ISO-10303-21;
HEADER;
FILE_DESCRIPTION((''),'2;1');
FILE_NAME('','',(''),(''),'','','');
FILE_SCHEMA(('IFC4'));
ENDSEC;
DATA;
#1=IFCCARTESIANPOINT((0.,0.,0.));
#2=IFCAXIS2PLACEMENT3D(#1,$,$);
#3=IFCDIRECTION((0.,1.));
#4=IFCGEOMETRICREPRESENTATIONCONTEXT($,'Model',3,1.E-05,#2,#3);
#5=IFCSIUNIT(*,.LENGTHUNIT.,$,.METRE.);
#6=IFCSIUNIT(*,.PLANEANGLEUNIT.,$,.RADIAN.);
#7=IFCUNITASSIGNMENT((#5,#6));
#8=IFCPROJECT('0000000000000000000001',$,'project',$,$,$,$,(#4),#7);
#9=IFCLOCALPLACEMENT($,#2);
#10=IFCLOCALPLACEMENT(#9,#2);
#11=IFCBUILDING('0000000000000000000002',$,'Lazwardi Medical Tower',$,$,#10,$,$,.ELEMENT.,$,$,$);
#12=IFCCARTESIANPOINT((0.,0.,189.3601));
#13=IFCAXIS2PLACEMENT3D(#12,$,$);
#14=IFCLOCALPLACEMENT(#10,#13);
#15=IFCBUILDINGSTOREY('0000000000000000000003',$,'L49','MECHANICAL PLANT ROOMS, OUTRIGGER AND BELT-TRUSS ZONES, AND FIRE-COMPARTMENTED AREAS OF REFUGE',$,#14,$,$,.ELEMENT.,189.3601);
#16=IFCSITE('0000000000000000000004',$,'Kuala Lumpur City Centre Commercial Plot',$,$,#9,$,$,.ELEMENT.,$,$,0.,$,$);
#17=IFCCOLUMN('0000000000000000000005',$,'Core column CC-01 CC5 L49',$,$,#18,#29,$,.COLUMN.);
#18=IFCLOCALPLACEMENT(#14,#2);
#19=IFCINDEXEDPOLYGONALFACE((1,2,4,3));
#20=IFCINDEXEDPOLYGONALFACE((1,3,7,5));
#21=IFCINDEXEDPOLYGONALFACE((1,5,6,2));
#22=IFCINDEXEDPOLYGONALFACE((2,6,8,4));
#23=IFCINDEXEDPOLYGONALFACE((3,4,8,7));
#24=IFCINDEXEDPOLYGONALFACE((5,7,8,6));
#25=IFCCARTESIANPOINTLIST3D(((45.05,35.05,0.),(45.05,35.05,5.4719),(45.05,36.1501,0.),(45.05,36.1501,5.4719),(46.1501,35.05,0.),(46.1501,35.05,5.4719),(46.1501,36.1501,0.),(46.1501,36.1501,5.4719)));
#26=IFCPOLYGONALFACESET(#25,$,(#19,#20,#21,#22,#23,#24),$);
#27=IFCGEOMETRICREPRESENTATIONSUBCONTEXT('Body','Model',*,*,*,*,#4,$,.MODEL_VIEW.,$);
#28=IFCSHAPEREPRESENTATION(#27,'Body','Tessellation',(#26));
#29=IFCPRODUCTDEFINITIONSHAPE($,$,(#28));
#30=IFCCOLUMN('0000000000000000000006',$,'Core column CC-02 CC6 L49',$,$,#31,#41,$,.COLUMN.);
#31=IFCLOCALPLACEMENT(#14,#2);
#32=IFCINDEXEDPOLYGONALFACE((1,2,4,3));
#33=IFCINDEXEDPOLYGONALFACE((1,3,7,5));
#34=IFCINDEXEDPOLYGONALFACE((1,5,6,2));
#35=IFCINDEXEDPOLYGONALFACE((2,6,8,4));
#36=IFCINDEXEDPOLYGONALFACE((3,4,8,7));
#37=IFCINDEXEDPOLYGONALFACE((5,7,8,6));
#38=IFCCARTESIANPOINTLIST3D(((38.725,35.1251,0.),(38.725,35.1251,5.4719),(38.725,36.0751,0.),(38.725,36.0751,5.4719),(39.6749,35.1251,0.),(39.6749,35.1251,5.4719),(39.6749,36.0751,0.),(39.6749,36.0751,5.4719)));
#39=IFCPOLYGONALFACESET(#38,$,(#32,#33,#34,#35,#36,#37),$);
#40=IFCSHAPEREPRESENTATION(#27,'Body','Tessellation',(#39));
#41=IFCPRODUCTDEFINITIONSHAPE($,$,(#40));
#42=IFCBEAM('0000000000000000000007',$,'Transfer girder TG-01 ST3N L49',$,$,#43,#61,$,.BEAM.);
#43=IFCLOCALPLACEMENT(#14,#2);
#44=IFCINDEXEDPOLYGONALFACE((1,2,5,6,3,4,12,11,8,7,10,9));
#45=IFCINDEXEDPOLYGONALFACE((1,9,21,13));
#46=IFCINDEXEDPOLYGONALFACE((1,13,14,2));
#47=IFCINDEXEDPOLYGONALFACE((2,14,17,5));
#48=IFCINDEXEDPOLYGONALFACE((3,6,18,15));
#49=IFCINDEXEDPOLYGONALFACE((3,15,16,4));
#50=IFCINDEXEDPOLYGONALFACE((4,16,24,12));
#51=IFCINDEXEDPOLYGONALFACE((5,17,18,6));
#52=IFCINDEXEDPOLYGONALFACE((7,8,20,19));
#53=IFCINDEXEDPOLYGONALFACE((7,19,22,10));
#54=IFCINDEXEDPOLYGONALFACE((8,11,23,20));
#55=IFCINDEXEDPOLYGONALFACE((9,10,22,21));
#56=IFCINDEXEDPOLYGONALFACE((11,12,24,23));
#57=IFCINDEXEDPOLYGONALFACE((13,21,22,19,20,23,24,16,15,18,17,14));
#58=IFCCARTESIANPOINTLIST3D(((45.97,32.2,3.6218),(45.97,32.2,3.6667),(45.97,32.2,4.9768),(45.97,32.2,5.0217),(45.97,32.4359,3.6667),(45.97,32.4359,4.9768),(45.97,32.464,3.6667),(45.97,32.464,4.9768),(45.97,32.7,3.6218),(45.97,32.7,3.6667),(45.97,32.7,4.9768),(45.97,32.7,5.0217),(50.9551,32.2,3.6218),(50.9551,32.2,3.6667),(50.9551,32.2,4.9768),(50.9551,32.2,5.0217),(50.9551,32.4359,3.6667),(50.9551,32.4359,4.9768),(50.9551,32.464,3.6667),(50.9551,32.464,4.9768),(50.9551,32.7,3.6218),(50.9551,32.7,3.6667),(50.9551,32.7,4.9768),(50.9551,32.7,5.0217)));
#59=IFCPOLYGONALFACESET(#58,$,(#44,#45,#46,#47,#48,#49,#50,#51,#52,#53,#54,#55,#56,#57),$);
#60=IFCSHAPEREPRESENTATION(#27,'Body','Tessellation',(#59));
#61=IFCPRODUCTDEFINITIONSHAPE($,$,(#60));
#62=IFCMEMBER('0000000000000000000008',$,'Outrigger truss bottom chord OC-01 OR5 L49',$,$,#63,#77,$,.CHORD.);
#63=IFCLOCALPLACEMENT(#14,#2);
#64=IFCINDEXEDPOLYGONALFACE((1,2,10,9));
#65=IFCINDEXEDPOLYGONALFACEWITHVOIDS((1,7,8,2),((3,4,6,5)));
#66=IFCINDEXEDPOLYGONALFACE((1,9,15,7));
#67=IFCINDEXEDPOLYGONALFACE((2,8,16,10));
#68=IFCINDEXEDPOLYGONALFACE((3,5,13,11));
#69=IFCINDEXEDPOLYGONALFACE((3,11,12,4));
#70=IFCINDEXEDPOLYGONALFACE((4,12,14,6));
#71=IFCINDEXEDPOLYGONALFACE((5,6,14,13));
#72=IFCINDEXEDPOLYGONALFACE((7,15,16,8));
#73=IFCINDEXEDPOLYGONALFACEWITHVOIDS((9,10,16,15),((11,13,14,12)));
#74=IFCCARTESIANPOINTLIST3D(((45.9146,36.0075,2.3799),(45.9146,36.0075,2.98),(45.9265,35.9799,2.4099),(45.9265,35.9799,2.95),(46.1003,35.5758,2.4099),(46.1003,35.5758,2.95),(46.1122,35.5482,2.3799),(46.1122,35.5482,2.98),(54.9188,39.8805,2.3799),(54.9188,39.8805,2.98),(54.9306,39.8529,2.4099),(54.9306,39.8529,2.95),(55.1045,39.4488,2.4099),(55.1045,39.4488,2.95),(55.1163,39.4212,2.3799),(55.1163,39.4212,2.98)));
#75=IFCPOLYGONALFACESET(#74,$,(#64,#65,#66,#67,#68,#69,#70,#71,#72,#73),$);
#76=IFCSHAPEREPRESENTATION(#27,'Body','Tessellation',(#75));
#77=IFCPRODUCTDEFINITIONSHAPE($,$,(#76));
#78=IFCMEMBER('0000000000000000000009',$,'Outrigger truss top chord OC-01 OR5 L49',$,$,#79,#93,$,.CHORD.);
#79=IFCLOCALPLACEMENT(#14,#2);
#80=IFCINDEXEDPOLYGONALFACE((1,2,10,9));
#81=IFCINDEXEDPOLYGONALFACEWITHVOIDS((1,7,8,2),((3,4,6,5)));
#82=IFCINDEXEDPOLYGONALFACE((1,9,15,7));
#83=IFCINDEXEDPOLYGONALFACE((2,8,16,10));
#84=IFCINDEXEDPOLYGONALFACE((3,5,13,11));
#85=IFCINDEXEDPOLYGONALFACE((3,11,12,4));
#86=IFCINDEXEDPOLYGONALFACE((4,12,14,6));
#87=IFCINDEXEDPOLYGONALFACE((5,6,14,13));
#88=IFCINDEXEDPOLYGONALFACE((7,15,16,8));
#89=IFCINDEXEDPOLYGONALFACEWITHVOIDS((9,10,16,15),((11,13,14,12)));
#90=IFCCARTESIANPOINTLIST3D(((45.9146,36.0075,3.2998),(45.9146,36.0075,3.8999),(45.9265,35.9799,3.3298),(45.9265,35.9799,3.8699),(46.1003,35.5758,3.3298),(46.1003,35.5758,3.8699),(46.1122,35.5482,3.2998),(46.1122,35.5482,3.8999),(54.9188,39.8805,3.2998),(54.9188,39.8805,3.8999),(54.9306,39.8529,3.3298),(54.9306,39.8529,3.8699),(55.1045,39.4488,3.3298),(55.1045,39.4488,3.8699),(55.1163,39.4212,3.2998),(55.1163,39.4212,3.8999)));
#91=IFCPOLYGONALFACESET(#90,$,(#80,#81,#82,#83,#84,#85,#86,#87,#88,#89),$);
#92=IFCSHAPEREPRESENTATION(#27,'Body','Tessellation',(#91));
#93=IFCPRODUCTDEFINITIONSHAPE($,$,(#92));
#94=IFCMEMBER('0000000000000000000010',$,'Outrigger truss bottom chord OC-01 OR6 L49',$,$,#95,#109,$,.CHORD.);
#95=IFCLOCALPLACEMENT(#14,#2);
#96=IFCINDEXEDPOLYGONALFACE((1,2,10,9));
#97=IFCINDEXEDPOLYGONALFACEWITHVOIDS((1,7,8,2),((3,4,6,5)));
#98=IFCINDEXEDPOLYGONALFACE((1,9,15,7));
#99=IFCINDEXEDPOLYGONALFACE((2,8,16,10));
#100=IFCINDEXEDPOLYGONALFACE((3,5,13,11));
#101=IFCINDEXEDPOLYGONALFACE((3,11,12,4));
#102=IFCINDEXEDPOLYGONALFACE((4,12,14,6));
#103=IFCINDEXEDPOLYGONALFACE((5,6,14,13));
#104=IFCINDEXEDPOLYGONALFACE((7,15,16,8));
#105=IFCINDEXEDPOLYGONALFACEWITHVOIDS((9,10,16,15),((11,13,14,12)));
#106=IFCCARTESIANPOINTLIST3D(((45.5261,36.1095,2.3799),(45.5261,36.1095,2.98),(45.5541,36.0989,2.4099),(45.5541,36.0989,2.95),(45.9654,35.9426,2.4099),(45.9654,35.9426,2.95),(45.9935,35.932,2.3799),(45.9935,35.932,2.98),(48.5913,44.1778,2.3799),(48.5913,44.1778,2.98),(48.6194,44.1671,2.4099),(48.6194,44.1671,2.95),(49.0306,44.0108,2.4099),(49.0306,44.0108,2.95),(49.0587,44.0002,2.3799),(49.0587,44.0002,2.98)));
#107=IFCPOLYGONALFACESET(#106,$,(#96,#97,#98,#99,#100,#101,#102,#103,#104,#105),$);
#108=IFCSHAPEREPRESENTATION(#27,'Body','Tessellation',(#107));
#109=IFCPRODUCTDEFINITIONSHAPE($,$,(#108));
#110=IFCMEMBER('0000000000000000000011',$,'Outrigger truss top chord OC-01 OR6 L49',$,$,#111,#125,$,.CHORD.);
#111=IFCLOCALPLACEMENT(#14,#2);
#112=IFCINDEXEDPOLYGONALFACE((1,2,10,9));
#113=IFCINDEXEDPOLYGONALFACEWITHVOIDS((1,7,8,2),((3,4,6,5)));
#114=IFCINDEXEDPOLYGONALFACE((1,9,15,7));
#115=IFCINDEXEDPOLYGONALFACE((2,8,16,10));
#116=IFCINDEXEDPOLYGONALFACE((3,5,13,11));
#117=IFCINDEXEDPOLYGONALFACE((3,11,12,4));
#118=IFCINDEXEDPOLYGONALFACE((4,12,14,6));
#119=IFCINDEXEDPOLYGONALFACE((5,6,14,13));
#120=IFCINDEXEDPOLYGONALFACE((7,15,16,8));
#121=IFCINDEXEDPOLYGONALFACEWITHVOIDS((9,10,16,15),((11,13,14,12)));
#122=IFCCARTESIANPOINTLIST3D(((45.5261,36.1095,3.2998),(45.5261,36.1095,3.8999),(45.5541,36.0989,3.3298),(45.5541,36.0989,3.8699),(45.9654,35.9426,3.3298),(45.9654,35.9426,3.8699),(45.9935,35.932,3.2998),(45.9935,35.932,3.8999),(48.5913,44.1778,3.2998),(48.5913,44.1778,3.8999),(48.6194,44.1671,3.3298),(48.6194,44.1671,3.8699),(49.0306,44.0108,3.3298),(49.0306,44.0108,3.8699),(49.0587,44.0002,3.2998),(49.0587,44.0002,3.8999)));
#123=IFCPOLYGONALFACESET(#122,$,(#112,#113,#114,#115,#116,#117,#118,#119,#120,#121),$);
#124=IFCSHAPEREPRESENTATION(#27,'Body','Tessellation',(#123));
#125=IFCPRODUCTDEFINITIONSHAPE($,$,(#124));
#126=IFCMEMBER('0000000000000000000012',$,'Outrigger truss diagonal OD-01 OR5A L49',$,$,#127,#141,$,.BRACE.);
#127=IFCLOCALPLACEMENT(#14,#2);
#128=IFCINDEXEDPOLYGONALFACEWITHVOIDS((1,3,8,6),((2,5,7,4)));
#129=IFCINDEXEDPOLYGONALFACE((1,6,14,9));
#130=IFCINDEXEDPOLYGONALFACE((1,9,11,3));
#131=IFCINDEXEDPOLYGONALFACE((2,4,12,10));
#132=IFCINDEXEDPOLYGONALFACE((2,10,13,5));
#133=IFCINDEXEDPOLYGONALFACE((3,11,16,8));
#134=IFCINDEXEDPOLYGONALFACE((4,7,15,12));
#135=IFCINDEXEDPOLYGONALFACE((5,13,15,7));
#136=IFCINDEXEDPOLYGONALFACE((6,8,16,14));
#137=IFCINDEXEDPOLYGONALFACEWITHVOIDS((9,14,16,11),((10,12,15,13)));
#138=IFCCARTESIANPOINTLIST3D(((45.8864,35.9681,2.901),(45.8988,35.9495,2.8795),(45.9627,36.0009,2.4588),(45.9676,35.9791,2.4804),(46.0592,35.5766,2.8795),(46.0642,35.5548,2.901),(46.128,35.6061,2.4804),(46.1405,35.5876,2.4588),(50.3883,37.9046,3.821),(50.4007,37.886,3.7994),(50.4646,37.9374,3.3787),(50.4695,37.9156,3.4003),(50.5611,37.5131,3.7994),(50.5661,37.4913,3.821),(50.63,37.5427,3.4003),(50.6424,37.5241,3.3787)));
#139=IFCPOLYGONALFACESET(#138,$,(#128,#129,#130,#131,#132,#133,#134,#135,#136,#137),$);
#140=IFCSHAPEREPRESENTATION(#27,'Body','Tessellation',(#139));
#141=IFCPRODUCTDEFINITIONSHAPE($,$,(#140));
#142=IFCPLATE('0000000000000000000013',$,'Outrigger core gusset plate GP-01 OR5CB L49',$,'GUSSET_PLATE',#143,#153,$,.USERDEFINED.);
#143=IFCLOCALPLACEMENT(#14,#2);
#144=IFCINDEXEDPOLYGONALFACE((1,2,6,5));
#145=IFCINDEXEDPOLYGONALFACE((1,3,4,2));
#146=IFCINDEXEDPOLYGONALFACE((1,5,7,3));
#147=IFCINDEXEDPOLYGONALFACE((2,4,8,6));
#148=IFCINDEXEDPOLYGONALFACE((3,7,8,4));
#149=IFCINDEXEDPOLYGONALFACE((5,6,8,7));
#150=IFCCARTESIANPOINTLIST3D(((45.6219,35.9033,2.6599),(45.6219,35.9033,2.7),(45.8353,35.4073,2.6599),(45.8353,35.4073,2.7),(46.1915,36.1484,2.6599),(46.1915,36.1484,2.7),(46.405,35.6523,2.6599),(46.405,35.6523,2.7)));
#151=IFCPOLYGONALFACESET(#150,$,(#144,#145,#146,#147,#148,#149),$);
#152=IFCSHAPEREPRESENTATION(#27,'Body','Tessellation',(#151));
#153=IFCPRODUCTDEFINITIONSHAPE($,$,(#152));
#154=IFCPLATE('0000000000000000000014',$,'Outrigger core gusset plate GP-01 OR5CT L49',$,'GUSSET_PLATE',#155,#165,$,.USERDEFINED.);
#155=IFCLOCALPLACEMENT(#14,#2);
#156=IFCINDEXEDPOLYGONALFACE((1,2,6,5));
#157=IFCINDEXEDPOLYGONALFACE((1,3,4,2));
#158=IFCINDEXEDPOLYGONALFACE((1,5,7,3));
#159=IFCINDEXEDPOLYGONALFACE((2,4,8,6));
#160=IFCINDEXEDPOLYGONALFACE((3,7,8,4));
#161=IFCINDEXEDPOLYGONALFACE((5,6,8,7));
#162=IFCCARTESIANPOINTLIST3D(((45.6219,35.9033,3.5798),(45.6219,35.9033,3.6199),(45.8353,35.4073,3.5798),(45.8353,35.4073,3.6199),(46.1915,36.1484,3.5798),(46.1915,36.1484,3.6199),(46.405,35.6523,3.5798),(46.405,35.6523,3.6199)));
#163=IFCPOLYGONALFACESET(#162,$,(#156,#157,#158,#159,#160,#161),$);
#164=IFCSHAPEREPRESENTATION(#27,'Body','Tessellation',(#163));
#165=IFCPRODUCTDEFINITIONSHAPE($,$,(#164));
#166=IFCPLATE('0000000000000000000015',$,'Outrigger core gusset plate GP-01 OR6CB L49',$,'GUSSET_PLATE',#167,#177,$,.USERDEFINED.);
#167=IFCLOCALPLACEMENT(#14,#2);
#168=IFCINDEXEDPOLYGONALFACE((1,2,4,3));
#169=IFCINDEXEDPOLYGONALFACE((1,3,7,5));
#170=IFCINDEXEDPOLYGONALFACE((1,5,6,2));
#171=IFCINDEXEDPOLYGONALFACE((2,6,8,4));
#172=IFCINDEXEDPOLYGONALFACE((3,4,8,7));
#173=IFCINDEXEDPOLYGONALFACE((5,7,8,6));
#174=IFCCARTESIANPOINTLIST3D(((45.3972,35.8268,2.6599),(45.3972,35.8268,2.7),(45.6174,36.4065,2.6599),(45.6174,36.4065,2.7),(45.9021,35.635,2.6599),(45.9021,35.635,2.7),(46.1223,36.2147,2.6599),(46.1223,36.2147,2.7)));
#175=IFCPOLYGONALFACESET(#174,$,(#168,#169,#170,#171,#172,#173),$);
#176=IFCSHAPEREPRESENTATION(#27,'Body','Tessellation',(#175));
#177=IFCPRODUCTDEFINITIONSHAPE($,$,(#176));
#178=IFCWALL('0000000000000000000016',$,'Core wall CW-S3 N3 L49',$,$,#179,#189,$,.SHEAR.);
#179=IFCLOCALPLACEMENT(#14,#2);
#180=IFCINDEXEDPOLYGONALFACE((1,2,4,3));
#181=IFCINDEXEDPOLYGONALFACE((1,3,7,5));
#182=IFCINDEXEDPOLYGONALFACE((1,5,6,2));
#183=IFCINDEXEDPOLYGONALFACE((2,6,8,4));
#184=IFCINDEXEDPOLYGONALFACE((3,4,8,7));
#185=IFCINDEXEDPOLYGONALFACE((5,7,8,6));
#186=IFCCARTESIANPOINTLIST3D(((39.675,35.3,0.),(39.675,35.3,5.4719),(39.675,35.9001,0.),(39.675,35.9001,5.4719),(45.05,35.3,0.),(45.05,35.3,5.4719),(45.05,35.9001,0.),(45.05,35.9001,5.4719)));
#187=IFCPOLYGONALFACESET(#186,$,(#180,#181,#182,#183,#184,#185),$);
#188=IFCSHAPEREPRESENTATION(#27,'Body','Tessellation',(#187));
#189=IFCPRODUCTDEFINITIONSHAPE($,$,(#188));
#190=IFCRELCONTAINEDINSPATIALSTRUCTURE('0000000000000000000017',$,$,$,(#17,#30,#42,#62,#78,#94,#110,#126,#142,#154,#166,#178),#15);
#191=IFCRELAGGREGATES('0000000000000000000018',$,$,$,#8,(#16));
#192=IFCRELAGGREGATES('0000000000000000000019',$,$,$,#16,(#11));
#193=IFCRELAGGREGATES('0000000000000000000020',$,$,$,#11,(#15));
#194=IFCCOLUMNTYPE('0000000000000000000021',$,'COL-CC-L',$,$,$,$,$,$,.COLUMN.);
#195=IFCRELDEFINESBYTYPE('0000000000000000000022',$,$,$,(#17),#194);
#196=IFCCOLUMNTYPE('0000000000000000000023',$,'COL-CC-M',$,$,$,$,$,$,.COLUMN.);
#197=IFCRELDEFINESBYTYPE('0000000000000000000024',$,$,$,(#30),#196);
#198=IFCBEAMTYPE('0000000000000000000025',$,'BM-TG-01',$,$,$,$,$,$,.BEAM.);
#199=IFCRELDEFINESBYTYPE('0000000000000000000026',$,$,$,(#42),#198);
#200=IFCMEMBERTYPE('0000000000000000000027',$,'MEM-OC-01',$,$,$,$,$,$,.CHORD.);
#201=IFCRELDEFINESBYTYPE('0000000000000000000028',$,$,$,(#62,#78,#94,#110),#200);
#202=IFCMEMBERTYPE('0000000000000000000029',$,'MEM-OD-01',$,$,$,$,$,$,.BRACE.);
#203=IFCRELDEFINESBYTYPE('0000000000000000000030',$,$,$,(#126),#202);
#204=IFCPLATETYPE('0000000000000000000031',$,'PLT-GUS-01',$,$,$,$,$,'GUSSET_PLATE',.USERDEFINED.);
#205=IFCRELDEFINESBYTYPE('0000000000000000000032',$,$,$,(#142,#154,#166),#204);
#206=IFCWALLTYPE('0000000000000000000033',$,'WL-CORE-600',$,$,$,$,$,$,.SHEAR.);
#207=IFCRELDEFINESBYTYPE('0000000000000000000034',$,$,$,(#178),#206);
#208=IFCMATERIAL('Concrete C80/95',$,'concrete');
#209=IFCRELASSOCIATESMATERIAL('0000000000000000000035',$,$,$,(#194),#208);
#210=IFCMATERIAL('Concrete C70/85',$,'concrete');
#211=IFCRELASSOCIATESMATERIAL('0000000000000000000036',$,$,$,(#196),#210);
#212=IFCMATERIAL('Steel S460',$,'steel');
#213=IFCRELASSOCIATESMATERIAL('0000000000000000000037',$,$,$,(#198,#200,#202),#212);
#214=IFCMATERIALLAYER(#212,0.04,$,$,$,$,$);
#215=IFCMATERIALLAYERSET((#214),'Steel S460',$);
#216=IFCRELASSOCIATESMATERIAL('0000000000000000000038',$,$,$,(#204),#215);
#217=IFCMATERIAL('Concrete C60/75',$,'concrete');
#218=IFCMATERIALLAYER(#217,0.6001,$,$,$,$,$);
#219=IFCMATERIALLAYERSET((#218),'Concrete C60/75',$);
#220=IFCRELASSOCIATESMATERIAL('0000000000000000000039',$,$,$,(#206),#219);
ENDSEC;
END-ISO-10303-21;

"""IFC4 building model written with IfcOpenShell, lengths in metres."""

from ifc_helpers import new_model, si_unit, direction, frame, frame_2d, origin, origin_2d, place, context, subcontext, project, spatial, rectangle, hollow_rectangle, i_section, extrude, material, layer, layer_set, material_profile, profile_set, type_object, element, save


model = new_model("IFC4")

# Units and contexts
model_context = context("Model", 3, precision=1e-05, world=origin(), true_north=direction((0.0, 1.0)))
body_context = subcontext(model_context, "Body", "Model", "MODEL_VIEW")
ifc_project = project(units=[si_unit("LENGTHUNIT", "METRE"), si_unit("PLANEANGLEUNIT", "RADIAN")], contexts=[model_context])

# Site, building, storey
site_placement = place(None, origin())
site = spatial("IfcSite", under=ifc_project, at=site_placement, Name="Kuala Lumpur City Centre Commercial Plot", CompositionType="ELEMENT", RefElevation=0.0)
building_placement = place(site_placement, origin())
building = spatial("IfcBuilding", under=site, at=building_placement, Name="Lazwardi Medical Tower", CompositionType="ELEMENT")
storey_placement = place(building_placement, frame((0.0, 0.0, 189.3601)))
storey = spatial("IfcBuildingStorey", under=building, at=storey_placement, Name="L49", Description="MECHANICAL PLANT ROOMS, OUTRIGGER AND BELT-TRUSS ZONES, AND FIRE-COMPARTMENTED AREAS OF REFUGE", CompositionType="ELEMENT", Elevation=189.3601)

# Columns
ifc_material_1 = material(Name="Concrete C80/95", Category="concrete")
ifc_material_profile_1 = material_profile(ifc_material_1, rectangle(XDim=1.1001, YDim=1.1001, at=origin_2d()), Name="RC 1100x1100")
ifc_profile_set_1 = profile_set([ifc_material_profile_1], Name="Concrete C80/95")
column_type_1 = type_object("IfcColumnType", Name="COL-CC-L", PredefinedType="COLUMN", material=ifc_profile_set_1)
column_1_placement = place(storey_placement, frame((45.6001, 35.6001, 0.0), z_axis=(0.0, 0.0, 1.0), x_axis=(1.0, 0.0, 0.0)))
element("IfcColumn", 1, at=column_1_placement, inside=storey, type_object=column_type_1, Name="Core column CC-01 CC5 L49", PredefinedType="COLUMN", context=body_context, shape_type="SweptSolid", body=[
    extrude(rectangle(XDim=1.1001, YDim=1.1001, at=origin_2d()), origin(), (0.0, 0.0, 1.0), 5.4719),
])
ifc_material_2 = material(Name="Concrete C70/85", Category="concrete")
ifc_material_profile_2 = material_profile(ifc_material_2, rectangle(XDim=0.95, YDim=0.95, at=origin_2d()), Name="RC 950x950")
ifc_profile_set_2 = profile_set([ifc_material_profile_2], Name="Concrete C70/85")
column_type_2 = type_object("IfcColumnType", Name="COL-CC-M", PredefinedType="COLUMN", material=ifc_profile_set_2)
column_2_placement = place(storey_placement, frame((39.2, 35.6001, 0.0), z_axis=(0.0, 0.0, 1.0), x_axis=(1.0, 0.0, 0.0)))
element("IfcColumn", 2, at=column_2_placement, inside=storey, type_object=column_type_2, Name="Core column CC-02 CC6 L49", PredefinedType="COLUMN", context=body_context, shape_type="SweptSolid", body=[
    extrude(rectangle(XDim=0.95, YDim=0.95, at=origin_2d()), origin(), (0.0, 0.0, 1.0), 5.4719),
])

# Beam
ifc_material_3 = material(Name="Steel S460", Category="steel")
ifc_material_profile_3 = material_profile(ifc_material_3, i_section(OverallWidth=0.5, OverallDepth=1.3999, WebThickness=0.0281, FlangeThickness=0.0449, at=origin_2d()), Name="PG 1400x500")
ifc_profile_set_3 = profile_set([ifc_material_profile_3], Name="Steel S460")
beam_type = type_object("IfcBeamType", Name="BM-TG-01", PredefinedType="BEAM", material=ifc_profile_set_3)
beam_placement = place(storey_placement, frame((45.97, 32.45, 4.3218), z_axis=(1.0, 0.0, 0.0), x_axis=(0.0, 1.0, 0.0)))
element("IfcBeam", 3, at=beam_placement, inside=storey, type_object=beam_type, Name="Transfer girder TG-01 ST3N L49", PredefinedType="BEAM", context=body_context, shape_type="SweptSolid", body=[
    extrude(i_section(OverallWidth=0.5, OverallDepth=1.3999, WebThickness=0.0281, FlangeThickness=0.0449, at=origin_2d()), origin(), (0.0, 0.0, 1.0), 4.9851),
])

# Members
ifc_material_profile_4 = material_profile(ifc_material_3, hollow_rectangle(XDim=0.5, YDim=0.6001, WallThickness=0.03, at=origin_2d()), Name="RHS 600x500x30")
ifc_profile_set_4 = profile_set([ifc_material_profile_4], Name="Steel S460")
member_type_1 = type_object("IfcMemberType", Name="MEM-OC-01", PredefinedType="CHORD", material=ifc_profile_set_4)
for number, where, z_axis, x_axis, name in (
    (4, (46.0134, 35.7778, 2.6799), (0.918622, 0.395136, 0.0), (-0.395136, 0.918622, 0.0), "Outrigger truss bottom chord OC-01 OR5 L49"),
    (5, (46.0134, 35.7778, 3.5999), (0.918622, 0.395136, 0.0), (-0.395136, 0.918622, 0.0), "Outrigger truss top chord OC-01 OR5 L49"),
):
    element("IfcMember", number, at=place(storey_placement, frame(where, z_axis=z_axis, x_axis=x_axis)), inside=storey, type_object=member_type_1, Name=name, PredefinedType="CHORD", context=body_context, shape_type="SweptSolid", body=[
        extrude(hollow_rectangle(XDim=0.5, YDim=0.6001, WallThickness=0.03, at=origin_2d()), origin(), (0.0, 0.0, 1.0), 9.8018),
    ])
for number, where, z_axis, x_axis, name in (
    (6, (45.7598, 36.0208, 2.6799), (0.355147, 0.93481, 0.0), (-0.93481, 0.355147, 0.0), "Outrigger truss bottom chord OC-01 OR6 L49"),
    (7, (45.7598, 36.0208, 3.5999), (0.355147, 0.93481, 0.0), (-0.93481, 0.355147, 0.0), "Outrigger truss top chord OC-01 OR6 L49"),
):
    element("IfcMember", number, at=place(storey_placement, frame(where, z_axis=z_axis, x_axis=x_axis)), inside=storey, type_object=member_type_1, Name=name, PredefinedType="CHORD", context=body_context, shape_type="SweptSolid", body=[
        extrude(hollow_rectangle(XDim=0.5, YDim=0.6001, WallThickness=0.03, at=origin_2d()), origin(), (0.0, 0.0, 1.0), 8.6309),
    ])
ifc_material_profile_5 = material_profile(ifc_material_3, hollow_rectangle(XDim=0.45, YDim=0.45, WallThickness=0.022, at=origin_2d()), Name="RHS 450x450x22")
ifc_profile_set_5 = profile_set([ifc_material_profile_5], Name="Steel S460")
member_type_2 = type_object("IfcMemberType", Name="MEM-OD-01", PredefinedType="BRACE", material=ifc_profile_set_5)
member_placement = place(storey_placement, frame((46.0134, 35.7778, 2.6799), z_axis=(0.90285, 0.388363, 0.184487), x_axis=(-0.395145, 0.918619, 0.0)))
element("IfcMember", 8, at=member_placement, inside=storey, type_object=member_type_2, Name="Outrigger truss diagonal OD-01 OR5A L49", PredefinedType="BRACE", context=body_context, shape_type="SweptSolid", body=[
    extrude(hollow_rectangle(XDim=0.45, YDim=0.45, WallThickness=0.022, at=origin_2d()), origin(), (0.0, 0.0, 1.0), 4.9863),
])

# Plates
ifc_layer_1 = layer(ifc_material_3, 0.04)
ifc_layer_set_1 = layer_set([ifc_layer_1], Name="Steel S460")
plate_type = type_object("IfcPlateType", Name="PLT-GUS-01", ElementType="GUSSET_PLATE", PredefinedType="USERDEFINED", material=ifc_layer_set_1)
for number, where, z_axis, x_axis, name in (
    (9, (46.0134, 35.7778, 2.6599), (0.0, 0.0, 1.0), (0.918584, 0.395225, 0.0), "Outrigger core gusset plate GP-01 OR5CB L49"),
    (10, (46.0134, 35.7778, 3.5798), (0.0, 0.0, 1.0), (0.918584, 0.395225, 0.0), "Outrigger core gusset plate GP-01 OR5CT L49"),
    (11, (45.7598, 36.0208, 2.6599), (0.0, 0.0, 1.0), (0.355107, 0.934826, 0.0), "Outrigger core gusset plate GP-01 OR6CB L49"),
):
    element("IfcPlate", number, at=place(storey_placement, frame(where, z_axis=z_axis, x_axis=x_axis)), inside=storey, type_object=plate_type, Name=name, ObjectType="GUSSET_PLATE", PredefinedType="USERDEFINED", context=body_context, shape_type="SweptSolid", body=[
        extrude(rectangle(XDim=0.6201, YDim=0.54, at=origin_2d()), origin(), (0.0, 0.0, 1.0), 0.04),
    ])

# Wall
ifc_material_4 = material(Name="Concrete C60/75", Category="concrete")
ifc_layer_2 = layer(ifc_material_4, 0.6001)
ifc_layer_set_2 = layer_set([ifc_layer_2], Name="Concrete C60/75")
wall_type_1 = type_object("IfcWallType", Name="WL-CORE-600", PredefinedType="SHEAR", material=ifc_layer_set_2)
wall_1_placement = place(storey_placement, frame((39.675, 35.6001, 0.0), z_axis=(0.0, 0.0, 1.0), x_axis=(1.0, 0.0, 0.0)))
element("IfcWall", 12, at=wall_1_placement, inside=storey, type_object=wall_type_1, Name="Core wall CW-S3 N3 L49", PredefinedType="SHEAR", context=body_context, shape_type="SweptSolid", body=[
    extrude(rectangle(XDim=5.375, YDim=0.6001, at=frame_2d((2.6875, 0.0))), origin(), (0.0, 0.0, 1.0), 5.4719),
])

save(model, "model.ifc")
